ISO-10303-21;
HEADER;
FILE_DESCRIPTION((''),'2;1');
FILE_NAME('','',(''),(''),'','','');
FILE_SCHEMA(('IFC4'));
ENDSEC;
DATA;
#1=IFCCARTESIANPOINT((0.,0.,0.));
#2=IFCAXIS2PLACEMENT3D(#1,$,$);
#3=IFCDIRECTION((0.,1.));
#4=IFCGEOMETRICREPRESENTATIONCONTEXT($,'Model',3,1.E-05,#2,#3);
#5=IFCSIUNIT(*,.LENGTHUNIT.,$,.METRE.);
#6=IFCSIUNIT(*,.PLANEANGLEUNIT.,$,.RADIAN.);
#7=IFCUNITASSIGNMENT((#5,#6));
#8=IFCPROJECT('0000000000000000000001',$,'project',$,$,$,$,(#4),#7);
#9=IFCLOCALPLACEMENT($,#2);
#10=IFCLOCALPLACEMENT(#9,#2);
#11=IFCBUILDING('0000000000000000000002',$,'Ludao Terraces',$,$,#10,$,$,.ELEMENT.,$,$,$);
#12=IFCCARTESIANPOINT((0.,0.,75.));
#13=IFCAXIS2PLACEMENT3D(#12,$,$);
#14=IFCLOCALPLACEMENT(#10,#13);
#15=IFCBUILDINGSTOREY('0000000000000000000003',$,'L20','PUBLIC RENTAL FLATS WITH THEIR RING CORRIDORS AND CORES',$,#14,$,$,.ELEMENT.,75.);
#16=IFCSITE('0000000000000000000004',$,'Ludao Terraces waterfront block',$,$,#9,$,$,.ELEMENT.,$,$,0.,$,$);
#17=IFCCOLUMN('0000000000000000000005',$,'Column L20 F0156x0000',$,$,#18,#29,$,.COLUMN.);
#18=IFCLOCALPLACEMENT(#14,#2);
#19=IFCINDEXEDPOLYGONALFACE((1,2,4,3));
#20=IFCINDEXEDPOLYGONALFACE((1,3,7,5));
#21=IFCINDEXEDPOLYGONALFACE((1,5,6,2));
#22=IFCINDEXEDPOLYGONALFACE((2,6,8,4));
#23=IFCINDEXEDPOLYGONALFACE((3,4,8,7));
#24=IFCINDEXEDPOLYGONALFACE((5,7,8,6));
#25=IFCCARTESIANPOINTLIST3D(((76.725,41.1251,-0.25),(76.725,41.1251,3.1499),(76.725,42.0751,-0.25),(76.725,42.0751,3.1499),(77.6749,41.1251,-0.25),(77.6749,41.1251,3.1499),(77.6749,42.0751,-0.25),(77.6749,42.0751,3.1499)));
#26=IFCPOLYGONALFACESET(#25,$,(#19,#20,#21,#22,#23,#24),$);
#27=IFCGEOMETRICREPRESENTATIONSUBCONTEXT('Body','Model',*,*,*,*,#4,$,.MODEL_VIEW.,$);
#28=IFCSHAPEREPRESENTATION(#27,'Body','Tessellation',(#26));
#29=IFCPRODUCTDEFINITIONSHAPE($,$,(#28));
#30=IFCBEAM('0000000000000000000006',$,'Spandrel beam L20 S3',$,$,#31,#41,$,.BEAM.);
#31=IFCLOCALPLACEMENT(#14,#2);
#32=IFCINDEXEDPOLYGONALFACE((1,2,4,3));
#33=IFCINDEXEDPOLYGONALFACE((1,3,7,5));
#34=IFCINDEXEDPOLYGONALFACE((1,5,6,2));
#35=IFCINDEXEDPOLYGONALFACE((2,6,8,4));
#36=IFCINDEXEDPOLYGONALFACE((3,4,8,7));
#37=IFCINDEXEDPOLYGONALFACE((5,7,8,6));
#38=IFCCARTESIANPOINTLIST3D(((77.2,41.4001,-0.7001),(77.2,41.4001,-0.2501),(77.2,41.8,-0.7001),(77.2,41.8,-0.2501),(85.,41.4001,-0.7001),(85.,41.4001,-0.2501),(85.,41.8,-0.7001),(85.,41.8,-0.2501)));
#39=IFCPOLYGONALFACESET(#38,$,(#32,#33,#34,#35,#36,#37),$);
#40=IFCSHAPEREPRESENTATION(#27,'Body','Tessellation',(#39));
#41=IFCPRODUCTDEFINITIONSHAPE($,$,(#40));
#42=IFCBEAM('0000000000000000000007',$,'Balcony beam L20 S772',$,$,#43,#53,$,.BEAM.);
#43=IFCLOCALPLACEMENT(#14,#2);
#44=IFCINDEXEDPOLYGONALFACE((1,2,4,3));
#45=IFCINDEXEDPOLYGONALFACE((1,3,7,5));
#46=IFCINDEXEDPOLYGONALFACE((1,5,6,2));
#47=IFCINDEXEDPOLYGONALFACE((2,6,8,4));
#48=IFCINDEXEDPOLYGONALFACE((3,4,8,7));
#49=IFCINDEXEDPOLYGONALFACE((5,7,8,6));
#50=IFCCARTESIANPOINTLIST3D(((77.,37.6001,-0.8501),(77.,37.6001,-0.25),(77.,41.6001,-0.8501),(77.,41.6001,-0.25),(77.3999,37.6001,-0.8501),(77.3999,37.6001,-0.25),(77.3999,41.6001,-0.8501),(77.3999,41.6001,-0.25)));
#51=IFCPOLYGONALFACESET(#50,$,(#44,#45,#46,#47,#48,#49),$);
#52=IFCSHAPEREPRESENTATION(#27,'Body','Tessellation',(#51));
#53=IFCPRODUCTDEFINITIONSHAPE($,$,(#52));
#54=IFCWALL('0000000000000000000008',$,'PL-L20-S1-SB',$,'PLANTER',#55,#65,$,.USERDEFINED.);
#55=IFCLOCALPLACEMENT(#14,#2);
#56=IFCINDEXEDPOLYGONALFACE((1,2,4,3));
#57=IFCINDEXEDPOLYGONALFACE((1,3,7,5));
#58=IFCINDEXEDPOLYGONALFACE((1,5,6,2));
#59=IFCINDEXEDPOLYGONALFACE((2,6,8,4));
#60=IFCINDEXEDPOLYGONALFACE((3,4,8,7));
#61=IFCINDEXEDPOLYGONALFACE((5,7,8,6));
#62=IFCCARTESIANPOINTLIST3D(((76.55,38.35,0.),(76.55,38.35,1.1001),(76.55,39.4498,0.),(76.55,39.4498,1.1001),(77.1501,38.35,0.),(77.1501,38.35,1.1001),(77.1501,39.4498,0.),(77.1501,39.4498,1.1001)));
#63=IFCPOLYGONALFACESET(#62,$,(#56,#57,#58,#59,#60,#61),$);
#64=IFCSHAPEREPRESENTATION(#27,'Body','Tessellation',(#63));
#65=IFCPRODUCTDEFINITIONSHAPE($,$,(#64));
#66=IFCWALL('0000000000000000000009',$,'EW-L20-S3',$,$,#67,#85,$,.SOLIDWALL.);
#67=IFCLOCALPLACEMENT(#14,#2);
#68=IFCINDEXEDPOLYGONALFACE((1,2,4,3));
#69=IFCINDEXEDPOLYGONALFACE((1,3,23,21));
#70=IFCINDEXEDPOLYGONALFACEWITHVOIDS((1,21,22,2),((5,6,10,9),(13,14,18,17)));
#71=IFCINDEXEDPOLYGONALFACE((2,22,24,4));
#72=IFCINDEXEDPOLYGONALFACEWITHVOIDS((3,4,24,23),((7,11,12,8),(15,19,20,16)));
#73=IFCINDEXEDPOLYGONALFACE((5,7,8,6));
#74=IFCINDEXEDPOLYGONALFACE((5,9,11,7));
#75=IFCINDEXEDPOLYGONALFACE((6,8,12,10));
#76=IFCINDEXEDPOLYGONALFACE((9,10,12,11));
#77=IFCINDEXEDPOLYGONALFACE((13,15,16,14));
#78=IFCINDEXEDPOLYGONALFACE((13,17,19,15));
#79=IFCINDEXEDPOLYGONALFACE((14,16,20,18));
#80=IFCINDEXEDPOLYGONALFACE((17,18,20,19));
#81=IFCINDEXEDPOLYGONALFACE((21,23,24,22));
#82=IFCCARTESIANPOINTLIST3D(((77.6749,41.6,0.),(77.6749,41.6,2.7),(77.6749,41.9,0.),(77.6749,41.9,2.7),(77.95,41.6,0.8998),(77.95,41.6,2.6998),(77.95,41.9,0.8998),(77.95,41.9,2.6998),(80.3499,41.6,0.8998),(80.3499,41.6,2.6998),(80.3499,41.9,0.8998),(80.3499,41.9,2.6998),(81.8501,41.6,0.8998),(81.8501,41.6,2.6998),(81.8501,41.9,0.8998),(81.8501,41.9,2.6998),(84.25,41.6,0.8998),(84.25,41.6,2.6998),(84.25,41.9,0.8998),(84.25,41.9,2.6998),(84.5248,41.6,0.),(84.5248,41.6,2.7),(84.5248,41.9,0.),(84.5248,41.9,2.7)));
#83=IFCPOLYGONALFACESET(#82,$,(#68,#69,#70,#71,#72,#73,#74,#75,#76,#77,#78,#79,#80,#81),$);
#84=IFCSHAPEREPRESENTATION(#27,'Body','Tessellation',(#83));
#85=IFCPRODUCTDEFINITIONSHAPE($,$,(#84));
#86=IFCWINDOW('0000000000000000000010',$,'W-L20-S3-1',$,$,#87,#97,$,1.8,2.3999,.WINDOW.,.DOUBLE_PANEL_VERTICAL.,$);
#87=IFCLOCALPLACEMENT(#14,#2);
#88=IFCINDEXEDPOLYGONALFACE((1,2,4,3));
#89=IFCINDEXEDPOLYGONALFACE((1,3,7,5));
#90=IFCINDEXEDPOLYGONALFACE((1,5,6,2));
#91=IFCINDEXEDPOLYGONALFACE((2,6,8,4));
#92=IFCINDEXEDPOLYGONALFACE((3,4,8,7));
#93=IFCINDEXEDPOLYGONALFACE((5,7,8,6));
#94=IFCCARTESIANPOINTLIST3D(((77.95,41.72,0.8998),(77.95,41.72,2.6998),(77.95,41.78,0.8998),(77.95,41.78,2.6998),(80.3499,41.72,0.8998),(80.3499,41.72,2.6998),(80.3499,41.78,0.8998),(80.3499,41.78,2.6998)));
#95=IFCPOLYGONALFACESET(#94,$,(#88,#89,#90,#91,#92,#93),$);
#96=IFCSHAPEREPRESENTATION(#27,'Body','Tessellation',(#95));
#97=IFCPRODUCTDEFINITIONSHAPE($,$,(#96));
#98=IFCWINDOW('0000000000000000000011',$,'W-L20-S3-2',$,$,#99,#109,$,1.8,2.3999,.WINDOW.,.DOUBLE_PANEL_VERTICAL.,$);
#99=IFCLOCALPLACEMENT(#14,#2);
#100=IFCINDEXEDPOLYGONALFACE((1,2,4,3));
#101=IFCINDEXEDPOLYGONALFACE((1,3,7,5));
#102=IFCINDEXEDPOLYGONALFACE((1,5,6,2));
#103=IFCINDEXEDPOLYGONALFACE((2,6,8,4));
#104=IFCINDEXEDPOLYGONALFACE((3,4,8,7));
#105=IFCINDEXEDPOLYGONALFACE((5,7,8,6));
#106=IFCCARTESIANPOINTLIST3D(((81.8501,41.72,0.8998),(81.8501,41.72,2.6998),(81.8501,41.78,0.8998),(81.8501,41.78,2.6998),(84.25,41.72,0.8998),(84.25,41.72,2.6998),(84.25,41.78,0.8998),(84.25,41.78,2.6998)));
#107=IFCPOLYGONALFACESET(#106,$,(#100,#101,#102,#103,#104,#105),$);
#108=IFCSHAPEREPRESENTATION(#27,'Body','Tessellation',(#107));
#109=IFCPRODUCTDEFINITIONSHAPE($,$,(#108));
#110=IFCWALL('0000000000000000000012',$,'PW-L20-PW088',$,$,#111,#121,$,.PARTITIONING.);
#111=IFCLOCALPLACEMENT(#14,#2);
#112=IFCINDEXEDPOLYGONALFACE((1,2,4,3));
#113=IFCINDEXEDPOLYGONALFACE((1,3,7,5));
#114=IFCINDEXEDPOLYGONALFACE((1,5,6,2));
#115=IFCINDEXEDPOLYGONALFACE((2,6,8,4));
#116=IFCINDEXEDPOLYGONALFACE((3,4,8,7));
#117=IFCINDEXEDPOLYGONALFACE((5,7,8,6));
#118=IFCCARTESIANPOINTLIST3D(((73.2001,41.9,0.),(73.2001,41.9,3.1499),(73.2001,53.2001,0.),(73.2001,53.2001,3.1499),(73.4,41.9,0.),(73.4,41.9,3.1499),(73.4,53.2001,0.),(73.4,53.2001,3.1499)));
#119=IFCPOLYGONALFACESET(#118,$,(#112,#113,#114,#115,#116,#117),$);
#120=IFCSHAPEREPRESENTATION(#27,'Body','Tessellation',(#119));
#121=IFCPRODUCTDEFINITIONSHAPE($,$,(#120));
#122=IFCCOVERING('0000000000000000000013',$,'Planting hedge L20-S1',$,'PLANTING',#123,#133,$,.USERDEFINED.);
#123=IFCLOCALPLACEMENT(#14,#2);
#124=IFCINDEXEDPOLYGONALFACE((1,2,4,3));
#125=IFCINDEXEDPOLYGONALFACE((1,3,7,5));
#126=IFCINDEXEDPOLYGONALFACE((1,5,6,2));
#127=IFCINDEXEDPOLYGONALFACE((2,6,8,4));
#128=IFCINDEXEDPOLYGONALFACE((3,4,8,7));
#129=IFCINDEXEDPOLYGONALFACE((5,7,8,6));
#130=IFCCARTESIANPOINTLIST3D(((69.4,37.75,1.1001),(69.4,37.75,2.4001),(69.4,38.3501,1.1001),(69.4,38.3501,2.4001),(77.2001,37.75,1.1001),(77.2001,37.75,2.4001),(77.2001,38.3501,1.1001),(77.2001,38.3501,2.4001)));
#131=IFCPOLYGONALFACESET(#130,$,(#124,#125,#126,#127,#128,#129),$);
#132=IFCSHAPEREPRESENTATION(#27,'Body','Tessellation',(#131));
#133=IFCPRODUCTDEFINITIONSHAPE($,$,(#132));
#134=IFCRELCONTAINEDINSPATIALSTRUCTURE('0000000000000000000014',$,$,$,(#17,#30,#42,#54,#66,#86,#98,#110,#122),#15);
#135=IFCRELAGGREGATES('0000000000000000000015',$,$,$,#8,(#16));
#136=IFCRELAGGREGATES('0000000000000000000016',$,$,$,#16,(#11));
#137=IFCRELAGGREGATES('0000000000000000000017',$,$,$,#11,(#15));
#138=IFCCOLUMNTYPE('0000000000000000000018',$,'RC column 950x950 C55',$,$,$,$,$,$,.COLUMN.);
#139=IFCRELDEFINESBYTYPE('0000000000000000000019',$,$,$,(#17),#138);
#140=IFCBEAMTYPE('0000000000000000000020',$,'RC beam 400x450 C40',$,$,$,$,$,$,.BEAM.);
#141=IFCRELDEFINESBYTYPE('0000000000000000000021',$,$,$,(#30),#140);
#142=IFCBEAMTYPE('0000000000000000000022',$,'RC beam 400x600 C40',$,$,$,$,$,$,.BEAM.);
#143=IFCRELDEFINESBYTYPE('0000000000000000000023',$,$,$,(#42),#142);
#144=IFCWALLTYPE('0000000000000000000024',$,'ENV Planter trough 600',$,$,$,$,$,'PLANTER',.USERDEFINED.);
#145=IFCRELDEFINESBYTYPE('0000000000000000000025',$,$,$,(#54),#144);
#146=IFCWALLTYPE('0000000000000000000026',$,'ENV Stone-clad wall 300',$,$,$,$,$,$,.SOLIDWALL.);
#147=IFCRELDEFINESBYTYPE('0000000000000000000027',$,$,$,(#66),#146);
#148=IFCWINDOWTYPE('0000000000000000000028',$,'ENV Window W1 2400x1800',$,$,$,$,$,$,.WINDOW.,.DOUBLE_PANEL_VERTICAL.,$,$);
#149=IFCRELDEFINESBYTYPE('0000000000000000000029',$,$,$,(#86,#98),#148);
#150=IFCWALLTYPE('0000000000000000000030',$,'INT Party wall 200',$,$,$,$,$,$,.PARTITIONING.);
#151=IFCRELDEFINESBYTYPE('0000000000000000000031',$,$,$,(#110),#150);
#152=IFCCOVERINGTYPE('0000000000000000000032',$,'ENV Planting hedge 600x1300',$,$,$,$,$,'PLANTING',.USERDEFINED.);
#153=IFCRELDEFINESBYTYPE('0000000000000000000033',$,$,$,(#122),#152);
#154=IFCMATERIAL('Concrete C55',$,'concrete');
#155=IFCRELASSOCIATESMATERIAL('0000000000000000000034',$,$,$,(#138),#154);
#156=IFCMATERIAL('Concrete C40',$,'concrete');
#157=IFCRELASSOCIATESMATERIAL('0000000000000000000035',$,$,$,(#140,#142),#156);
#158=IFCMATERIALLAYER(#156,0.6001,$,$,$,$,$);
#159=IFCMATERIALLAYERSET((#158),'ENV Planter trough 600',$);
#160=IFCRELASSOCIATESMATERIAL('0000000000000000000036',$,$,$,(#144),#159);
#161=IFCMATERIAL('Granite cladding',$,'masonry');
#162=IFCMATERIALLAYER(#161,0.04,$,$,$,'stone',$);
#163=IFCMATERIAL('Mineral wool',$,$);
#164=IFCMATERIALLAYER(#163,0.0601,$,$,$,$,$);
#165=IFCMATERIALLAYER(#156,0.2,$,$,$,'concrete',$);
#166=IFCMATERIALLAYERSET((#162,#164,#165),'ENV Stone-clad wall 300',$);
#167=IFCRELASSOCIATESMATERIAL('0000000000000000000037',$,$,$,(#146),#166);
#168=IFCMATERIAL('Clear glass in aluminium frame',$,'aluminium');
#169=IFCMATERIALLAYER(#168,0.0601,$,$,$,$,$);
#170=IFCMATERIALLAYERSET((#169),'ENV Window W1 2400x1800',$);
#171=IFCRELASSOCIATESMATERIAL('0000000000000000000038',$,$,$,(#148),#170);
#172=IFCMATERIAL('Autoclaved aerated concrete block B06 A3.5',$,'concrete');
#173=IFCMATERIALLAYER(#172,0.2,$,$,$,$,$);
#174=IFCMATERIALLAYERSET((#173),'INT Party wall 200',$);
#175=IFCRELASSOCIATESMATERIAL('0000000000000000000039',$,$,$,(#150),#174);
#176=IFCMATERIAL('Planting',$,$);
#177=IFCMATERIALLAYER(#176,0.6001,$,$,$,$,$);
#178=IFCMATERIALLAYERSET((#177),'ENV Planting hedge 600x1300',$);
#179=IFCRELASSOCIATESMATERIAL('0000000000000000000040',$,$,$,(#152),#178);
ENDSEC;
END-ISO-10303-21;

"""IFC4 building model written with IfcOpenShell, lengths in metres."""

from ifc_helpers import new_model, si_unit, direction, frame, frame_2d, origin, origin_2d, place, context, subcontext, project, spatial, rectangle, extrude, material, layer, layer_set, material_profile, profile_set, type_object, element, fill, save


model = new_model("IFC4")

# Units and contexts
model_context = context("Model", 3, precision=1e-05, world=origin(), true_north=direction((0.0, 1.0)))
body_context = subcontext(model_context, "Body", "Model", "MODEL_VIEW")
ifc_project = project(units=[si_unit("LENGTHUNIT", "METRE"), si_unit("PLANEANGLEUNIT", "RADIAN")], contexts=[model_context])

# Site, building, storey
site_placement = place(None, origin())
site = spatial("IfcSite", under=ifc_project, at=site_placement, Name="Ludao Terraces waterfront block", CompositionType="ELEMENT", RefElevation=0.0)
building_placement = place(site_placement, origin())
building = spatial("IfcBuilding", under=site, at=building_placement, Name="Ludao Terraces", CompositionType="ELEMENT")
storey_placement = place(building_placement, frame((0.0, 0.0, 75.0)))
storey = spatial("IfcBuildingStorey", under=building, at=storey_placement, Name="L20", Description="PUBLIC RENTAL FLATS WITH THEIR RING CORRIDORS AND CORES", CompositionType="ELEMENT", Elevation=75.0)

# Column
ifc_material_1 = material(Name="Concrete C55", Category="concrete")
ifc_material_profile_1 = material_profile(ifc_material_1, rectangle(XDim=0.95, YDim=0.95, at=origin_2d()), Name="950 X 950")
ifc_profile_set_1 = profile_set([ifc_material_profile_1], Name="Concrete C55")
column_type = type_object("IfcColumnType", Name="RC column 950x950 C55", PredefinedType="COLUMN", material=ifc_profile_set_1)
column_placement = place(storey_placement, frame((77.2, 41.6001, -0.25), z_axis=(0.0, 0.0, 1.0), x_axis=(1.0, 0.0, 0.0)))
element("IfcColumn", 1, at=column_placement, inside=storey, type_object=column_type, Name="Column L20 F0156x0000", PredefinedType="COLUMN", context=body_context, shape_type="SweptSolid", body=[
    extrude(rectangle(XDim=0.95, YDim=0.95, at=origin_2d()), origin(), (0.0, 0.0, 1.0), 3.3999),
])

# Beams
ifc_material_2 = material(Name="Concrete C40", Category="concrete")
ifc_material_profile_2 = material_profile(ifc_material_2, rectangle(XDim=0.3999, YDim=0.45, at=origin_2d()), Name="400 X 450")
ifc_profile_set_2 = profile_set([ifc_material_profile_2], Name="Concrete C40")
beam_type_1 = type_object("IfcBeamType", Name="RC beam 400x450 C40", PredefinedType="BEAM", material=ifc_profile_set_2)
beam_1_placement = place(storey_placement, frame((77.2, 41.6001, -0.4751), z_axis=(1.0, 0.0, 0.0), x_axis=(0.0, 1.0, 0.0)))
element("IfcBeam", 2, at=beam_1_placement, inside=storey, type_object=beam_type_1, Name="Spandrel beam L20 S3", PredefinedType="BEAM", context=body_context, shape_type="SweptSolid", body=[
    extrude(rectangle(XDim=0.3999, YDim=0.45, at=origin_2d()), origin(), (0.0, 0.0, 1.0), 7.8),
])
ifc_material_profile_3 = material_profile(ifc_material_2, rectangle(XDim=0.3999, YDim=0.6001, at=origin_2d()), Name="400 X 600")
ifc_profile_set_3 = profile_set([ifc_material_profile_3], Name="Concrete C40")
beam_type_2 = type_object("IfcBeamType", Name="RC beam 400x600 C40", PredefinedType="BEAM", material=ifc_profile_set_3)
beam_2_placement = place(storey_placement, frame((77.2, 41.6001, -0.55), z_axis=(0.0, -1.0, 0.0), x_axis=(1.0, 0.0, 0.0)))
element("IfcBeam", 3, at=beam_2_placement, inside=storey, type_object=beam_type_2, Name="Balcony beam L20 S772", PredefinedType="BEAM", context=body_context, shape_type="SweptSolid", body=[
    extrude(rectangle(XDim=0.3999, YDim=0.6001, at=origin_2d()), origin(), (0.0, 0.0, 1.0), 4.0),
])

# Wall
ifc_layer_1 = layer(ifc_material_2, 0.6001)
ifc_layer_set_1 = layer_set([ifc_layer_1], Name="ENV Planter trough 600")
wall_type_1 = type_object("IfcWallType", Name="ENV Planter trough 600", ElementType="PLANTER", PredefinedType="USERDEFINED", material=ifc_layer_set_1)
wall_1_placement = place(storey_placement, frame((76.8501, 38.3501, 0.0), z_axis=(0.0, 0.0, 1.0), x_axis=(0.0, 1.0, 0.0)))
element("IfcWall", 4, at=wall_1_placement, inside=storey, type_object=wall_type_1, Name="PL-L20-S1-SB", ObjectType="PLANTER", PredefinedType="USERDEFINED", context=body_context, shape_type="SweptSolid", body=[
    extrude(rectangle(XDim=1.0999, YDim=0.6001, at=frame_2d((0.5498, 0.0))), origin(), (0.0, 0.0, 1.0), 1.1001),
])

# Wall, openings, windows
ifc_material_3 = material(Name="Granite cladding", Category="masonry")
ifc_layer_2 = layer(ifc_material_3, 0.04, Category="stone")
ifc_material_4 = material(Name="Mineral wool")
ifc_layer_3 = layer(ifc_material_4, 0.0601)
ifc_layer_4 = layer(ifc_material_2, 0.2, Category="concrete")
ifc_layer_set_2 = layer_set([ifc_layer_2, ifc_layer_3, ifc_layer_4], Name="ENV Stone-clad wall 300")
wall_type_2 = type_object("IfcWallType", Name="ENV Stone-clad wall 300", PredefinedType="SOLIDWALL", material=ifc_layer_set_2)
wall_2_placement = place(storey_placement, frame((77.675, 41.75, 0.0), z_axis=(0.0, 0.0, 1.0), x_axis=(1.0, 0.0, 0.0)))
wall_2 = element("IfcWall", 5, at=wall_2_placement, inside=storey, type_object=wall_type_2, Name="EW-L20-S3", PredefinedType="SOLIDWALL", context=body_context, shape_type="SweptSolid", body=[
    extrude(rectangle(XDim=6.8499, YDim=0.3, at=frame_2d((3.4248, 0.0))), origin(), (0.0, 0.0, 1.0), 2.7),
])
opening_1_placement = place(wall_2_placement, frame((0.2749, 0.0, 0.8999)))
opening_1 = element("IfcOpeningElement", 6, at=opening_1_placement, cuts=wall_2, PredefinedType="OPENING", context=body_context, shape_type="SweptSolid", body=[
    extrude(rectangle(XDim=2.3999, YDim=1.8, at=frame_2d((1.2, 0.8999))), frame((0.0, 0.1602, 0.0), z_axis=(0.0, -1.0, 0.0), x_axis=(1.0, 0.0, 0.0)), (0.0, 0.0, 1.0), 0.3201),
])
opening_2_placement = place(wall_2_placement, frame((4.175, 0.0, 0.8999)))
opening_2 = element("IfcOpeningElement", 7, at=opening_2_placement, cuts=wall_2, PredefinedType="OPENING", context=body_context, shape_type="SweptSolid", body=[
    extrude(rectangle(XDim=2.3999, YDim=1.8, at=frame_2d((1.2, 0.8999))), frame((0.0, 0.1602, 0.0), z_axis=(0.0, -1.0, 0.0), x_axis=(1.0, 0.0, 0.0)), (0.0, 0.0, 1.0), 0.3201),
])
ifc_material_5 = material(Name="Clear glass in aluminium frame", Category="aluminium")
ifc_layer_5 = layer(ifc_material_5, 0.0601)
ifc_layer_set_3 = layer_set([ifc_layer_5], Name="ENV Window W1 2400x1800")
window_type = type_object("IfcWindowType", Name="ENV Window W1 2400x1800", PartitioningType="DOUBLE_PANEL_VERTICAL", PredefinedType="WINDOW", material=ifc_layer_set_3)
window_1_placement = place(opening_1_placement, origin())
window_1 = element("IfcWindow", 8, at=window_1_placement, inside=storey, type_object=window_type, Name="W-L20-S3-1", OverallHeight=1.8, OverallWidth=2.3999, PartitioningType="DOUBLE_PANEL_VERTICAL", PredefinedType="WINDOW", context=body_context, shape_type="SweptSolid", body=[
    extrude(rectangle(XDim=2.3999, YDim=1.8, at=frame_2d((1.2, 0.8999))), frame((0.0, 0.03, 0.0), z_axis=(0.0, -1.0, 0.0), x_axis=(1.0, 0.0, 0.0)), (0.0, 0.0, 1.0), 0.0601),
])
fill(opening_1, window_1)
window_2_placement = place(opening_2_placement, origin())
window_2 = element("IfcWindow", 9, at=window_2_placement, inside=storey, type_object=window_type, Name="W-L20-S3-2", OverallHeight=1.8, OverallWidth=2.3999, PartitioningType="DOUBLE_PANEL_VERTICAL", PredefinedType="WINDOW", context=body_context, shape_type="SweptSolid", body=[
    extrude(rectangle(XDim=2.3999, YDim=1.8, at=frame_2d((1.2, 0.8999))), frame((0.0, 0.03, 0.0), z_axis=(0.0, -1.0, 0.0), x_axis=(1.0, 0.0, 0.0)), (0.0, 0.0, 1.0), 0.0601),
])
fill(opening_2, window_2)

# Wall
ifc_material_6 = material(Name="Autoclaved aerated concrete block B06 A3.5", Category="concrete")
ifc_layer_6 = layer(ifc_material_6, 0.2)
ifc_layer_set_4 = layer_set([ifc_layer_6], Name="INT Party wall 200")
wall_type_3 = type_object("IfcWallType", Name="INT Party wall 200", PredefinedType="PARTITIONING", material=ifc_layer_set_4)
wall_3_placement = place(storey_placement, frame((73.3, 41.9001, 0.0), z_axis=(0.0, 0.0, 1.0), x_axis=(0.0, 1.0, 0.0)))
element("IfcWall", 10, at=wall_3_placement, inside=storey, type_object=wall_type_3, Name="PW-L20-PW088", PredefinedType="PARTITIONING", context=body_context, shape_type="SweptSolid", body=[
    extrude(rectangle(XDim=11.3, YDim=0.2, at=frame_2d((5.6499, 0.0))), origin(), (0.0, 0.0, 1.0), 3.1499),
])

# Covering
ifc_material_7 = material(Name="Planting")
ifc_layer_7 = layer(ifc_material_7, 0.6001)
ifc_layer_set_5 = layer_set([ifc_layer_7], Name="ENV Planting hedge 600x1300")
covering_type = type_object("IfcCoveringType", Name="ENV Planting hedge 600x1300", ElementType="PLANTING", PredefinedType="USERDEFINED", material=ifc_layer_set_5)
covering_placement = place(storey_placement, frame((73.3, 38.05, 1.1001), z_axis=(0.0, 0.0, 1.0), x_axis=(1.0, 0.0, 0.0)))
element("IfcCovering", 11, at=covering_placement, inside=storey, type_object=covering_type, Name="Planting hedge L20-S1", ObjectType="PLANTING", PredefinedType="USERDEFINED", context=body_context, shape_type="SweptSolid", body=[
    extrude(rectangle(XDim=7.8, YDim=0.6001, at=origin_2d()), origin(), (0.0, 0.0, 1.0), 1.3),
])

save(model, "model.ifc")
